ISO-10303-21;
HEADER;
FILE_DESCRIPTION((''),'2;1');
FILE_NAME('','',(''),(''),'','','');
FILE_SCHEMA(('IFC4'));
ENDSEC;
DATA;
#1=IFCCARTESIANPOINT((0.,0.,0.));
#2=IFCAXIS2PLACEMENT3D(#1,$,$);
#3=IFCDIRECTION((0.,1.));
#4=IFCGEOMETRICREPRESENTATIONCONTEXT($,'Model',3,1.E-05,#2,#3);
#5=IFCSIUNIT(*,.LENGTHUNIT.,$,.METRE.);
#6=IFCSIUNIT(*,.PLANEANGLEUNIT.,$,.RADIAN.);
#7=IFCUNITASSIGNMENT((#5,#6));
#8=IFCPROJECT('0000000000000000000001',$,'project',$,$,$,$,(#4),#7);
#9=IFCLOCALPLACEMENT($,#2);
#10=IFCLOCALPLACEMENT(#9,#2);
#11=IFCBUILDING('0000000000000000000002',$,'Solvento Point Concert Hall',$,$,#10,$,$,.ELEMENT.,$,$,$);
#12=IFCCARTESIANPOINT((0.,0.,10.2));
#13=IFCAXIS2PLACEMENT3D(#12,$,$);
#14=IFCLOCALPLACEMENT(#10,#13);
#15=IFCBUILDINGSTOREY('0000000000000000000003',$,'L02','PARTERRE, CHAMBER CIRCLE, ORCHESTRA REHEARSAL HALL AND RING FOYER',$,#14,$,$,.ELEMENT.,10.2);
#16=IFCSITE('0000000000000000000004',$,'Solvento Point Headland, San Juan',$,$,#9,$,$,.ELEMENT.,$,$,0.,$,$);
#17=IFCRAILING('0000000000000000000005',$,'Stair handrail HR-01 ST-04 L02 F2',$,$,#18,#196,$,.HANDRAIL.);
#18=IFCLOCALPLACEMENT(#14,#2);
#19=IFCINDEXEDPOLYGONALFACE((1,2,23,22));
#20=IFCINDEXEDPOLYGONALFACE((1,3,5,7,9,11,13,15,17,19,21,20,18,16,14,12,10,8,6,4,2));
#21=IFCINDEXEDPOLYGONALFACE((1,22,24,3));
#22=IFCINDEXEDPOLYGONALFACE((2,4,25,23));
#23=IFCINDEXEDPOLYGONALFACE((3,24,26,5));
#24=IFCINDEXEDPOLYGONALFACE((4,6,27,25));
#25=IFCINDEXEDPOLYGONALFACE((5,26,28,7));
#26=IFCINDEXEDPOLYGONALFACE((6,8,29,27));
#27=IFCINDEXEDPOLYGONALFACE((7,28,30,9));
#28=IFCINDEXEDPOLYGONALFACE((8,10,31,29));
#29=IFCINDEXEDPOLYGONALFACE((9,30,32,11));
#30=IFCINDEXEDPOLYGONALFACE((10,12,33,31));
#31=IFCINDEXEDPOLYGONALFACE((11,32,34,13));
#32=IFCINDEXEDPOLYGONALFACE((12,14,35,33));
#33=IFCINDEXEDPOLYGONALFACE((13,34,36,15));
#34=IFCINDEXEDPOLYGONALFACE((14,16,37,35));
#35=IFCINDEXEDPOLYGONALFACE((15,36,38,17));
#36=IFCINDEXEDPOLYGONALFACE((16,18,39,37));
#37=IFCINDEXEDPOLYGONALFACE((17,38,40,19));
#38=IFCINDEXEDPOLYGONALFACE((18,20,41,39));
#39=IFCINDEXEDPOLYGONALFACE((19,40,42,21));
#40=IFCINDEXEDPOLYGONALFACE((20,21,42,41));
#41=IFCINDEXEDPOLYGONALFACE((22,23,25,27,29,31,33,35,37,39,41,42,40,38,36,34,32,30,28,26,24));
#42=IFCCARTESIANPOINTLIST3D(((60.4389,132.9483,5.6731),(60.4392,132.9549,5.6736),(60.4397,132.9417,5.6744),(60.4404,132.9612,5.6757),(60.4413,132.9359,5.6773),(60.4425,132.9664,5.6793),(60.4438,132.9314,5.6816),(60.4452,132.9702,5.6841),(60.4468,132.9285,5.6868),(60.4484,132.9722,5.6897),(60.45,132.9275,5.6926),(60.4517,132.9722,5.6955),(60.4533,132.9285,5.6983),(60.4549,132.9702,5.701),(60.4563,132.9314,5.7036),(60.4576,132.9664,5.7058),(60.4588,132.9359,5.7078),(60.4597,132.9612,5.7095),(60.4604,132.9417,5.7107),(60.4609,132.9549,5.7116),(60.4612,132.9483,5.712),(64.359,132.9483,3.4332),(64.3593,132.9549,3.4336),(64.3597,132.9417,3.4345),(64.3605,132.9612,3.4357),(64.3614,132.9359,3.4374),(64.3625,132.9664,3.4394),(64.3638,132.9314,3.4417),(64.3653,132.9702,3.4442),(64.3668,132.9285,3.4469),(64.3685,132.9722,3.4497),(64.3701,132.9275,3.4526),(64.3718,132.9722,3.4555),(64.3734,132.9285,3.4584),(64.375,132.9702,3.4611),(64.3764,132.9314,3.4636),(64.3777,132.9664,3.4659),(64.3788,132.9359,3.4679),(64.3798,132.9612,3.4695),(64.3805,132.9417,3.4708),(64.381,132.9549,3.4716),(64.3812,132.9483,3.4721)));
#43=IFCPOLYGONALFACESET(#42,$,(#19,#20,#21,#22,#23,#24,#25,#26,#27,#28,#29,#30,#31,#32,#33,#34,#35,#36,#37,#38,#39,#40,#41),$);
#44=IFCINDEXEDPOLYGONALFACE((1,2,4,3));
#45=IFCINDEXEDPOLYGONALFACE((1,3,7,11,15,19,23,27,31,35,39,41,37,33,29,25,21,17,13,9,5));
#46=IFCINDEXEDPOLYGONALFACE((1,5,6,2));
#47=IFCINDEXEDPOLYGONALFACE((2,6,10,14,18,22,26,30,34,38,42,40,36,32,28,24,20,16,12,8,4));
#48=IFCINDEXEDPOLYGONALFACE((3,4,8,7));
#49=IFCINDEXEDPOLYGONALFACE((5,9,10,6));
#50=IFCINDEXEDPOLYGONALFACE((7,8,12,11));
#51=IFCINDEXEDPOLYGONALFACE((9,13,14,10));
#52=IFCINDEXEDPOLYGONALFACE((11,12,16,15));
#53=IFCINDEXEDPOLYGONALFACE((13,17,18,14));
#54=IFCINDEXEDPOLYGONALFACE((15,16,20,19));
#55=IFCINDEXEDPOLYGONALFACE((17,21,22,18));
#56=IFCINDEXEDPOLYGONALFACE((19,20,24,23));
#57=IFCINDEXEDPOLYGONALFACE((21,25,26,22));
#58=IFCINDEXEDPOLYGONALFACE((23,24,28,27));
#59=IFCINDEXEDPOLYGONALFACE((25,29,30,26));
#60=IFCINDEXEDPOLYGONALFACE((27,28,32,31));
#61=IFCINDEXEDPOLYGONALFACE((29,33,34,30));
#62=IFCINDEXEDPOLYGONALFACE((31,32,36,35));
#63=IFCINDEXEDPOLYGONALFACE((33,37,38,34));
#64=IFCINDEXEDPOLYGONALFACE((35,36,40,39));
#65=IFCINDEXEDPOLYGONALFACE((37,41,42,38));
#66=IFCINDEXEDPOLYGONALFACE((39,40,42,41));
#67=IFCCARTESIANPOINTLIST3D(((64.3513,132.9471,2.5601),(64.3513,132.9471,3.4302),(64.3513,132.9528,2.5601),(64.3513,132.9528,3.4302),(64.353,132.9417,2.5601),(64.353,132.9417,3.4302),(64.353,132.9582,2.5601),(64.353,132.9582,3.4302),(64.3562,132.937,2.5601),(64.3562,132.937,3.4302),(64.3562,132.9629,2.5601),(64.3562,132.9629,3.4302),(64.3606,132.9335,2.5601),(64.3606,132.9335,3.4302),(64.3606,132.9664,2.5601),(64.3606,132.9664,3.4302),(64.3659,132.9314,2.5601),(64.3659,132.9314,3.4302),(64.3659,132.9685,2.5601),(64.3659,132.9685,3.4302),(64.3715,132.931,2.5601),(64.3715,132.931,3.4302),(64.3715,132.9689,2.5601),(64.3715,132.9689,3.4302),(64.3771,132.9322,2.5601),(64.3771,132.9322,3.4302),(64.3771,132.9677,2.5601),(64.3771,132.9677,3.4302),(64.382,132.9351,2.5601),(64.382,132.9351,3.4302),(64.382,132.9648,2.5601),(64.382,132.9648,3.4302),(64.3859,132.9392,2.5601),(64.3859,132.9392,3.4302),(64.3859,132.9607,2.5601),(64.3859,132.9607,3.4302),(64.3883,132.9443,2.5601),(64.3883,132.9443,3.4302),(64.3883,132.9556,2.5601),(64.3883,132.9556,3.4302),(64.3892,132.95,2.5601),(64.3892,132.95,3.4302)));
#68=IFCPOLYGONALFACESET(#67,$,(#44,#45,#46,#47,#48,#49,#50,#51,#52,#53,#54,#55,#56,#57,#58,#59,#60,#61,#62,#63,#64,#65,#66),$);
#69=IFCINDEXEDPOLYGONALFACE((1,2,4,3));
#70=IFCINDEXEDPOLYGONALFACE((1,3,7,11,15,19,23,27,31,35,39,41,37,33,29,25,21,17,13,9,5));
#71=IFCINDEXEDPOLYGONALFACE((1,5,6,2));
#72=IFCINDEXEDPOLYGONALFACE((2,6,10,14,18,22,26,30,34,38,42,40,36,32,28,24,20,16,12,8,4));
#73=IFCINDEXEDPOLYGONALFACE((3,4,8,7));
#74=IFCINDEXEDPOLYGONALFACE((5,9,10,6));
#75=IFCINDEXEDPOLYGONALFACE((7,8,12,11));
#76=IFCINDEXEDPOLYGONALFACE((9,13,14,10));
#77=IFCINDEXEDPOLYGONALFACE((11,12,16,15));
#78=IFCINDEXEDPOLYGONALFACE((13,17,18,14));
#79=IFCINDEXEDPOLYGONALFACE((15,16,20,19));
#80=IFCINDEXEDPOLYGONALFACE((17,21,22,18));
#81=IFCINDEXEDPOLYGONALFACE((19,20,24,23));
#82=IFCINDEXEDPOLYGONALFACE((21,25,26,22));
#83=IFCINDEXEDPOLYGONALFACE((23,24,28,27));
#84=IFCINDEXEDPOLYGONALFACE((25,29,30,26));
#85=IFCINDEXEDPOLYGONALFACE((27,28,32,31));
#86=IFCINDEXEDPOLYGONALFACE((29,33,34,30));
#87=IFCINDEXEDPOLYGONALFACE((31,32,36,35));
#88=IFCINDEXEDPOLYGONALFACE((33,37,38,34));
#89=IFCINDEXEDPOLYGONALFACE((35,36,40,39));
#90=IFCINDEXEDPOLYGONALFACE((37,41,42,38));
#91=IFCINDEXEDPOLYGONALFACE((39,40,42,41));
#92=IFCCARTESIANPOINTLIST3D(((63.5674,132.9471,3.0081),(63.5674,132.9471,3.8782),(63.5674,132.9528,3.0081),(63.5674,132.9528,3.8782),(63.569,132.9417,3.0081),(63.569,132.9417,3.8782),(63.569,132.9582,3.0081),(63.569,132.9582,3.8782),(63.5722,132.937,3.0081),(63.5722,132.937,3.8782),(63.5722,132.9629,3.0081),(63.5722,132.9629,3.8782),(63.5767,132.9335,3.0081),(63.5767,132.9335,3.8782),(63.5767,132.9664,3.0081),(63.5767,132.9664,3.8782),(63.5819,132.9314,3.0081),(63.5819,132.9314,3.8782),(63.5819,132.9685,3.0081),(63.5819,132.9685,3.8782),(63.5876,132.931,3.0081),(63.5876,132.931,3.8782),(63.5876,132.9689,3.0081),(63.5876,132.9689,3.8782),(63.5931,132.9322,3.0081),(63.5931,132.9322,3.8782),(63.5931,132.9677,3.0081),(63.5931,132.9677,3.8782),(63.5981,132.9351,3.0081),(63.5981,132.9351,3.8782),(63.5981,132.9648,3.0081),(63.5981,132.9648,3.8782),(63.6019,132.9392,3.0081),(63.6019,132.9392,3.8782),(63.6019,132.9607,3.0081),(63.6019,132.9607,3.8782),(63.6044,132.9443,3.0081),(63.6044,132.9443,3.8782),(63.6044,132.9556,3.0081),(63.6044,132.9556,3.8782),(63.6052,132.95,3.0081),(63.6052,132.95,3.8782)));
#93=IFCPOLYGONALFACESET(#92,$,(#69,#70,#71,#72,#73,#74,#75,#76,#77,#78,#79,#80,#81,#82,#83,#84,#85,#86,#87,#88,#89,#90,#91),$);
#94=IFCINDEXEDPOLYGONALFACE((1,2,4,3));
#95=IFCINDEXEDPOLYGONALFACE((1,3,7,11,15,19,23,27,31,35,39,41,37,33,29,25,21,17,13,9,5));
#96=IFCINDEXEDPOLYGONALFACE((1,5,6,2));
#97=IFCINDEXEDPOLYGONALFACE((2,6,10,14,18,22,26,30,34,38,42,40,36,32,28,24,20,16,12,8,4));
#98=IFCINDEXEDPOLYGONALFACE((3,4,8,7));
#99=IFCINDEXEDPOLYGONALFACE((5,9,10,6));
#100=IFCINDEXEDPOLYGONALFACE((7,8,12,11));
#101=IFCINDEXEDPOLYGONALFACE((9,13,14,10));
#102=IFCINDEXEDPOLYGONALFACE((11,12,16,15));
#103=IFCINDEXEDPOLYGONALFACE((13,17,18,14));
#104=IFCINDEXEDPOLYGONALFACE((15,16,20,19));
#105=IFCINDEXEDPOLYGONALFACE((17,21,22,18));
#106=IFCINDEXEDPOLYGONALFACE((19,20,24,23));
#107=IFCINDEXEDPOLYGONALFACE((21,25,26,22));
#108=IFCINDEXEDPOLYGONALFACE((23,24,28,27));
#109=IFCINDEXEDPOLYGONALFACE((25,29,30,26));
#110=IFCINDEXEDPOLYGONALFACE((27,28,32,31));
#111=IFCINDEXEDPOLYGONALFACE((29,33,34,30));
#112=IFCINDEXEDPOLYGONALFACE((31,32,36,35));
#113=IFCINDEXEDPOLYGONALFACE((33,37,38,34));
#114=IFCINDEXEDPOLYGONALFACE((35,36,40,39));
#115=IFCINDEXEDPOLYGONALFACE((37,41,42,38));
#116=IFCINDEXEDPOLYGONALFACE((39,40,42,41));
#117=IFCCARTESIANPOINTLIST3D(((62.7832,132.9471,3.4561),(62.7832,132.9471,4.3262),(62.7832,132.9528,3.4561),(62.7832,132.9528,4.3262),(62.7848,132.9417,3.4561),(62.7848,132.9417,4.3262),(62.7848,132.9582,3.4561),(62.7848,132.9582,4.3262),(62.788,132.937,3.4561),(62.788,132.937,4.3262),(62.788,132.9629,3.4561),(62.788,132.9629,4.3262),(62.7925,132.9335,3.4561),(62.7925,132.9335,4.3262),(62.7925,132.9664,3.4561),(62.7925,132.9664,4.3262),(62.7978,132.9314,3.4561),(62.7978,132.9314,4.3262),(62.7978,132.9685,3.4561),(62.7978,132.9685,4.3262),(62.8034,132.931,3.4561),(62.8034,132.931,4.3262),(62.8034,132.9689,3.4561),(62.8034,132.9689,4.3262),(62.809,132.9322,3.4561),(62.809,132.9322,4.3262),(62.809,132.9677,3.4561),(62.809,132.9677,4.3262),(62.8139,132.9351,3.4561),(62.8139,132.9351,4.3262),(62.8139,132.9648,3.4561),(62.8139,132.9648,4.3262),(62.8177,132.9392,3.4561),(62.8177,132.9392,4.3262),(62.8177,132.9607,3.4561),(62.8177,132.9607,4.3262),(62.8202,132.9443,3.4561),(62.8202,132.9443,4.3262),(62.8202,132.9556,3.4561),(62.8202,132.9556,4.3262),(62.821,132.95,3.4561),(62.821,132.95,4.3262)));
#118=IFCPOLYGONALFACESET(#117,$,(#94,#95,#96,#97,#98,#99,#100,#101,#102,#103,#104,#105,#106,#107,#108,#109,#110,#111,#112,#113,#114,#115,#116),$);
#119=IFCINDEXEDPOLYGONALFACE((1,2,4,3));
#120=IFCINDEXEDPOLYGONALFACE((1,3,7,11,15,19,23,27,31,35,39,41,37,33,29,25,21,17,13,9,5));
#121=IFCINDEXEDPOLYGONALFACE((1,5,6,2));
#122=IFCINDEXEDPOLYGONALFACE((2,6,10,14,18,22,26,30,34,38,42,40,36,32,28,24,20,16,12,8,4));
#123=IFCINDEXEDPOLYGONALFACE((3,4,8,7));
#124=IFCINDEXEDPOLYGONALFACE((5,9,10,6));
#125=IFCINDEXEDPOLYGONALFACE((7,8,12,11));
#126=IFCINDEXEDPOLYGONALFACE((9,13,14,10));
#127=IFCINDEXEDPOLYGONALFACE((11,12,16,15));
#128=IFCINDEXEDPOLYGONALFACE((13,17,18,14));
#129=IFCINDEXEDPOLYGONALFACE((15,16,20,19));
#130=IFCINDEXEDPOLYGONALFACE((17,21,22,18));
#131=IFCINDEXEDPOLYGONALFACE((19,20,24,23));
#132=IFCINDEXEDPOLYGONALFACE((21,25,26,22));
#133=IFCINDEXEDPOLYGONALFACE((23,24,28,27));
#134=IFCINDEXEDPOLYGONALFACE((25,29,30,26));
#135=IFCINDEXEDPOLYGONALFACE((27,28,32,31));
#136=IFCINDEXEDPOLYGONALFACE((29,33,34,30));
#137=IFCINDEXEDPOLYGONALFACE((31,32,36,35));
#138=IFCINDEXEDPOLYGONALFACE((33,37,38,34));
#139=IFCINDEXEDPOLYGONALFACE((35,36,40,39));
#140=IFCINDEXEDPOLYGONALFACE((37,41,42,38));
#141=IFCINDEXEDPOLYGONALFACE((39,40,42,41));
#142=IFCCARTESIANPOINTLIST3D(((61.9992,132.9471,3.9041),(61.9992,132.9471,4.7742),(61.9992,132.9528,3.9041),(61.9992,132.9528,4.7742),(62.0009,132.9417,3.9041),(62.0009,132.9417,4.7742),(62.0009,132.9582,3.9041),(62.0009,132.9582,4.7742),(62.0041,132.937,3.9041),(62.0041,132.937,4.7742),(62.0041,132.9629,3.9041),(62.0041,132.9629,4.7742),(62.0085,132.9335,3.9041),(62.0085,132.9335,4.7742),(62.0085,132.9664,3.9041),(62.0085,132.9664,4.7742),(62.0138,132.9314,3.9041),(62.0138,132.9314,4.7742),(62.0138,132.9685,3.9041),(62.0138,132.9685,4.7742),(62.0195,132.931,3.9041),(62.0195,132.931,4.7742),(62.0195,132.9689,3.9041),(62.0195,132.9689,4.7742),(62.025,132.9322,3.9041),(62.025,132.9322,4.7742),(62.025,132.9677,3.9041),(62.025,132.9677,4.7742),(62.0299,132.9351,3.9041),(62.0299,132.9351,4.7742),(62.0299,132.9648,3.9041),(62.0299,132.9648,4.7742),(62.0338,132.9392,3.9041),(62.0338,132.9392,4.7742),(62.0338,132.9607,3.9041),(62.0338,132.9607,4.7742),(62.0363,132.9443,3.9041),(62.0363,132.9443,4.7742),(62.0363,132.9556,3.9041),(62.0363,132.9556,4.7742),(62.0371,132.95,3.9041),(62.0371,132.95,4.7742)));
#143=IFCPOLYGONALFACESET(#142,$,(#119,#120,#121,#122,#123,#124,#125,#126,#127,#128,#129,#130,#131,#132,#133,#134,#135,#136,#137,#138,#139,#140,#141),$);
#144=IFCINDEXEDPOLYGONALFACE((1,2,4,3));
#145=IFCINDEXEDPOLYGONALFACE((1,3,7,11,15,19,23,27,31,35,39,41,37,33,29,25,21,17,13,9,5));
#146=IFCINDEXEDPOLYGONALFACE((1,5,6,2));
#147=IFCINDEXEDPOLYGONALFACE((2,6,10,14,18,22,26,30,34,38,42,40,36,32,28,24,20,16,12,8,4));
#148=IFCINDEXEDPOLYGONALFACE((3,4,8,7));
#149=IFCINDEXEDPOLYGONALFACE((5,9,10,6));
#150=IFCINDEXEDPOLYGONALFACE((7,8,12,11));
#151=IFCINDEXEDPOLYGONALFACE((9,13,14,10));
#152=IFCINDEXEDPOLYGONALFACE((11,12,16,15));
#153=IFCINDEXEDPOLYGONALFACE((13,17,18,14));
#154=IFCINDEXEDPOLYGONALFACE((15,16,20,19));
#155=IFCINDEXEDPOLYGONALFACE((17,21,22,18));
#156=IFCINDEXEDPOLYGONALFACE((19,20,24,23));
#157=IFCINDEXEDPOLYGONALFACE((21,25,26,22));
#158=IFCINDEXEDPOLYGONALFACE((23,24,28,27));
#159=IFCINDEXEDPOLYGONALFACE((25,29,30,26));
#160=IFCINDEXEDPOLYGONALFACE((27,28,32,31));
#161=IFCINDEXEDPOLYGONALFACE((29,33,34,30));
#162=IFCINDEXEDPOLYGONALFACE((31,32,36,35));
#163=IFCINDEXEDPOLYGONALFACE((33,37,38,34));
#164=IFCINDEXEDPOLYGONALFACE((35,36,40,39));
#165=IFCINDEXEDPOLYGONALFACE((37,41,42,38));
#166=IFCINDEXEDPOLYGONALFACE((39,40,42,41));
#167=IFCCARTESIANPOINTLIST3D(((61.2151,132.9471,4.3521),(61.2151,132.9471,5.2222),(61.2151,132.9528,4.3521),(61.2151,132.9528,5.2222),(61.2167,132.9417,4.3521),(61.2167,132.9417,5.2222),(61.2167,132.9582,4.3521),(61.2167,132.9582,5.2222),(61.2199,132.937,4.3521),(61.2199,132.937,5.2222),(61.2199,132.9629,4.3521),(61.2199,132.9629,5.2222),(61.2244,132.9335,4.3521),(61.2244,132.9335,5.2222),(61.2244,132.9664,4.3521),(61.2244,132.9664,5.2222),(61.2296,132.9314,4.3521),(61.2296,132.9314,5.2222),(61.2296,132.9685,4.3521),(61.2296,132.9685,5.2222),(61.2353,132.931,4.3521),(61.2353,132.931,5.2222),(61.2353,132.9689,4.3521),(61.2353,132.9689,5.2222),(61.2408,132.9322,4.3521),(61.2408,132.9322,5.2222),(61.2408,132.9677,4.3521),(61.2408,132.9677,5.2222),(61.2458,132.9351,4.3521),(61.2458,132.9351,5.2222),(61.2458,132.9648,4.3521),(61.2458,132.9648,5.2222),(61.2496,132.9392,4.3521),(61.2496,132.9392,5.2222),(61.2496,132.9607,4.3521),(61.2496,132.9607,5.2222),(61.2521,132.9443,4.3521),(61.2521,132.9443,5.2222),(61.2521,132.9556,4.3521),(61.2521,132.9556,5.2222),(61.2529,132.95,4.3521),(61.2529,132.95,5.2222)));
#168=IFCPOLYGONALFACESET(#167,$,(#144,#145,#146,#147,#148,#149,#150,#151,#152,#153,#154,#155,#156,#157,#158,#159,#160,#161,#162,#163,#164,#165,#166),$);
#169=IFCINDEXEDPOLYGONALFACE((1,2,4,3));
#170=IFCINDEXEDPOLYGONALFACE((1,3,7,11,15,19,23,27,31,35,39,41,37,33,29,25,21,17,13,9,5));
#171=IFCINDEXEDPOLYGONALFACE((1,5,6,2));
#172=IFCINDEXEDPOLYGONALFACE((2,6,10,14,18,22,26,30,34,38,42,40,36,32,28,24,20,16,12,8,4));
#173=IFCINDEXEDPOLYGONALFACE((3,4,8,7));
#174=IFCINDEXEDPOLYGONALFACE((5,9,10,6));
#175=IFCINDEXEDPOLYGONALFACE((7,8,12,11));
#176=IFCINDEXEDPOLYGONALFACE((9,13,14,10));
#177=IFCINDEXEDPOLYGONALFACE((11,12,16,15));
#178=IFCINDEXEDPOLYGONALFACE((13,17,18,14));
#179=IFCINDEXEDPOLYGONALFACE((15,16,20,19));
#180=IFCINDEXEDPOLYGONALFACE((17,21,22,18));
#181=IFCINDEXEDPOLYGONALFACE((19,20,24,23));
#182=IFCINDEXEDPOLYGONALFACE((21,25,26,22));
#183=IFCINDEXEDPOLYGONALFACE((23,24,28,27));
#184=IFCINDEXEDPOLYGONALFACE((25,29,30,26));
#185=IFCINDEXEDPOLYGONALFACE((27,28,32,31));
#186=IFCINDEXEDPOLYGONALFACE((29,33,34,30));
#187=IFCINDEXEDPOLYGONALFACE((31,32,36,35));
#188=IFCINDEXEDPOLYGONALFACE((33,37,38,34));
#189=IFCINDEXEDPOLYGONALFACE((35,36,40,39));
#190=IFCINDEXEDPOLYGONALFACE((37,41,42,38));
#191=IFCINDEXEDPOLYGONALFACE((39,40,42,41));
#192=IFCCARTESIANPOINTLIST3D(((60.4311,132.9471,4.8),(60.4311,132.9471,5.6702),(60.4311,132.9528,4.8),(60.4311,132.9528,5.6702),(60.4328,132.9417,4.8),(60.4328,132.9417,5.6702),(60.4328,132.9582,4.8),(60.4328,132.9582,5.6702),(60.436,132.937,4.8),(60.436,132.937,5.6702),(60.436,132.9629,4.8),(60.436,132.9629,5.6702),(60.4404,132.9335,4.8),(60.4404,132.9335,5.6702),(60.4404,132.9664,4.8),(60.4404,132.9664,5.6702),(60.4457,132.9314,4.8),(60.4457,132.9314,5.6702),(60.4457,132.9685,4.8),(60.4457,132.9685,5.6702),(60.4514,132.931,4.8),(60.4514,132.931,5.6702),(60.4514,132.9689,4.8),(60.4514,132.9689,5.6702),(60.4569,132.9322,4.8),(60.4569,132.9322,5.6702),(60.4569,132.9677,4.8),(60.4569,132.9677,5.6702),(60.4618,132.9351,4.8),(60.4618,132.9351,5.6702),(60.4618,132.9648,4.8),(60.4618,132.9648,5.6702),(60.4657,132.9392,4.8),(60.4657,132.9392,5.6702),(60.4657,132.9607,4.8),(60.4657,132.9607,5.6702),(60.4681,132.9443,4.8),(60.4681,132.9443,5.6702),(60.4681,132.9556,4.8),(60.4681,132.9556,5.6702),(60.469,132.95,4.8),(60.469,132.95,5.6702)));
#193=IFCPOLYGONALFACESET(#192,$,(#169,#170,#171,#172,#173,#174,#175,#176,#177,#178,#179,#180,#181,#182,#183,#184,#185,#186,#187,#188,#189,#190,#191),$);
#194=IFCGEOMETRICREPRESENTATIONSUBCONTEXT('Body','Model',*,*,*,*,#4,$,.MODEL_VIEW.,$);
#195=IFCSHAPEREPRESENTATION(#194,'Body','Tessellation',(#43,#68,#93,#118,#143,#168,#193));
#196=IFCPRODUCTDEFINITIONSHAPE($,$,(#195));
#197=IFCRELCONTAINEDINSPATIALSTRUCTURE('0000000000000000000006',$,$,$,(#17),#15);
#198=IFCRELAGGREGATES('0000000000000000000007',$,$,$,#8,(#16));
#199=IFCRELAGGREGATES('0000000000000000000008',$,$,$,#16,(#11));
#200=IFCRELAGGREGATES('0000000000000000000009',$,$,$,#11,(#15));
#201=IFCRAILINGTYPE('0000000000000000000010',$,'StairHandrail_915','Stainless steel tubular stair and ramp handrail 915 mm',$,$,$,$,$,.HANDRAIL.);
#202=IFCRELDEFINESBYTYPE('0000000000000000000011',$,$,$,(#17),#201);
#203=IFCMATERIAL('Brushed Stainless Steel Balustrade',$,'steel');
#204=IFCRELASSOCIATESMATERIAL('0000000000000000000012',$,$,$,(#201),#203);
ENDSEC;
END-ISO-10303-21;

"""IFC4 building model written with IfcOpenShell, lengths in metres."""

from ifc_helpers import new_model, si_unit, direction, frame, origin, origin_2d, place, context, subcontext, project, spatial, circle, extrude, material, type_object, element, save


model = new_model("IFC4")

# Units and contexts
model_context = context("Model", 3, precision=1e-05, world=origin(), true_north=direction((0.0, 1.0)))
body_context = subcontext(model_context, "Body", "Model", "MODEL_VIEW")
ifc_project = project(units=[si_unit("LENGTHUNIT", "METRE"), si_unit("PLANEANGLEUNIT", "RADIAN")], contexts=[model_context])

# Site, building, storey
site_placement = place(None, origin())
site = spatial("IfcSite", under=ifc_project, at=site_placement, Name="Solvento Point Headland, San Juan", CompositionType="ELEMENT", RefElevation=0.0)
building_placement = place(site_placement, origin())
building = spatial("IfcBuilding", under=site, at=building_placement, Name="Solvento Point Concert Hall", CompositionType="ELEMENT")
storey_placement = place(building_placement, frame((0.0, 0.0, 10.2)))
storey = spatial("IfcBuildingStorey", under=building, at=storey_placement, Name="L02", Description="PARTERRE, CHAMBER CIRCLE, ORCHESTRA REHEARSAL HALL AND RING FOYER", CompositionType="ELEMENT", Elevation=10.2)

# Railing
ifc_material_1 = material(Name="Brushed Stainless Steel Balustrade", Category="steel")
railing_type_1 = type_object("IfcRailingType", Name="StairHandrail_915", Description="Stainless steel tubular stair and ramp handrail 915 mm", PredefinedType="HANDRAIL", material=ifc_material_1)
railing_1_placement = place(storey_placement, frame((64.3701, 132.95, 2.5601)))
element("IfcRailing", 1, at=railing_1_placement, inside=storey, type_object=railing_type_1, Name="Stair handrail HR-01 ST-04 L02 F2", PredefinedType="HANDRAIL", context=body_context, shape_type="SweptSolid", body=[
    extrude(circle(Radius=0.0225, at=origin_2d()), frame((0.0, 0.0, 0.8926), z_axis=(-0.868253, 0.0, 0.496121), x_axis=(0.0, -1.0, 0.0)), (0.0, 0.0, 1.0), 4.5149),
    extrude(circle(Radius=0.019, at=origin_2d()), origin(), (0.0, 0.0, 1.0), 0.8701),
    extrude(circle(Radius=0.019, at=origin_2d()), frame((-0.7839, 0.0, 0.448)), (0.0, 0.0, 1.0), 0.8701),
    extrude(circle(Radius=0.019, at=origin_2d()), frame((-1.5681, 0.0, 0.896)), (0.0, 0.0, 1.0), 0.8701),
    extrude(circle(Radius=0.019, at=origin_2d()), frame((-2.3521, 0.0, 1.344)), (0.0, 0.0, 1.0), 0.8701),
    extrude(circle(Radius=0.019, at=origin_2d()), frame((-3.1362, 0.0, 1.792)), (0.0, 0.0, 1.0), 0.8701),
    extrude(circle(Radius=0.019, at=origin_2d()), frame((-3.9202, 0.0, 2.24)), (0.0, 0.0, 1.0), 0.8701),
])

save(model, "model.ifc")
